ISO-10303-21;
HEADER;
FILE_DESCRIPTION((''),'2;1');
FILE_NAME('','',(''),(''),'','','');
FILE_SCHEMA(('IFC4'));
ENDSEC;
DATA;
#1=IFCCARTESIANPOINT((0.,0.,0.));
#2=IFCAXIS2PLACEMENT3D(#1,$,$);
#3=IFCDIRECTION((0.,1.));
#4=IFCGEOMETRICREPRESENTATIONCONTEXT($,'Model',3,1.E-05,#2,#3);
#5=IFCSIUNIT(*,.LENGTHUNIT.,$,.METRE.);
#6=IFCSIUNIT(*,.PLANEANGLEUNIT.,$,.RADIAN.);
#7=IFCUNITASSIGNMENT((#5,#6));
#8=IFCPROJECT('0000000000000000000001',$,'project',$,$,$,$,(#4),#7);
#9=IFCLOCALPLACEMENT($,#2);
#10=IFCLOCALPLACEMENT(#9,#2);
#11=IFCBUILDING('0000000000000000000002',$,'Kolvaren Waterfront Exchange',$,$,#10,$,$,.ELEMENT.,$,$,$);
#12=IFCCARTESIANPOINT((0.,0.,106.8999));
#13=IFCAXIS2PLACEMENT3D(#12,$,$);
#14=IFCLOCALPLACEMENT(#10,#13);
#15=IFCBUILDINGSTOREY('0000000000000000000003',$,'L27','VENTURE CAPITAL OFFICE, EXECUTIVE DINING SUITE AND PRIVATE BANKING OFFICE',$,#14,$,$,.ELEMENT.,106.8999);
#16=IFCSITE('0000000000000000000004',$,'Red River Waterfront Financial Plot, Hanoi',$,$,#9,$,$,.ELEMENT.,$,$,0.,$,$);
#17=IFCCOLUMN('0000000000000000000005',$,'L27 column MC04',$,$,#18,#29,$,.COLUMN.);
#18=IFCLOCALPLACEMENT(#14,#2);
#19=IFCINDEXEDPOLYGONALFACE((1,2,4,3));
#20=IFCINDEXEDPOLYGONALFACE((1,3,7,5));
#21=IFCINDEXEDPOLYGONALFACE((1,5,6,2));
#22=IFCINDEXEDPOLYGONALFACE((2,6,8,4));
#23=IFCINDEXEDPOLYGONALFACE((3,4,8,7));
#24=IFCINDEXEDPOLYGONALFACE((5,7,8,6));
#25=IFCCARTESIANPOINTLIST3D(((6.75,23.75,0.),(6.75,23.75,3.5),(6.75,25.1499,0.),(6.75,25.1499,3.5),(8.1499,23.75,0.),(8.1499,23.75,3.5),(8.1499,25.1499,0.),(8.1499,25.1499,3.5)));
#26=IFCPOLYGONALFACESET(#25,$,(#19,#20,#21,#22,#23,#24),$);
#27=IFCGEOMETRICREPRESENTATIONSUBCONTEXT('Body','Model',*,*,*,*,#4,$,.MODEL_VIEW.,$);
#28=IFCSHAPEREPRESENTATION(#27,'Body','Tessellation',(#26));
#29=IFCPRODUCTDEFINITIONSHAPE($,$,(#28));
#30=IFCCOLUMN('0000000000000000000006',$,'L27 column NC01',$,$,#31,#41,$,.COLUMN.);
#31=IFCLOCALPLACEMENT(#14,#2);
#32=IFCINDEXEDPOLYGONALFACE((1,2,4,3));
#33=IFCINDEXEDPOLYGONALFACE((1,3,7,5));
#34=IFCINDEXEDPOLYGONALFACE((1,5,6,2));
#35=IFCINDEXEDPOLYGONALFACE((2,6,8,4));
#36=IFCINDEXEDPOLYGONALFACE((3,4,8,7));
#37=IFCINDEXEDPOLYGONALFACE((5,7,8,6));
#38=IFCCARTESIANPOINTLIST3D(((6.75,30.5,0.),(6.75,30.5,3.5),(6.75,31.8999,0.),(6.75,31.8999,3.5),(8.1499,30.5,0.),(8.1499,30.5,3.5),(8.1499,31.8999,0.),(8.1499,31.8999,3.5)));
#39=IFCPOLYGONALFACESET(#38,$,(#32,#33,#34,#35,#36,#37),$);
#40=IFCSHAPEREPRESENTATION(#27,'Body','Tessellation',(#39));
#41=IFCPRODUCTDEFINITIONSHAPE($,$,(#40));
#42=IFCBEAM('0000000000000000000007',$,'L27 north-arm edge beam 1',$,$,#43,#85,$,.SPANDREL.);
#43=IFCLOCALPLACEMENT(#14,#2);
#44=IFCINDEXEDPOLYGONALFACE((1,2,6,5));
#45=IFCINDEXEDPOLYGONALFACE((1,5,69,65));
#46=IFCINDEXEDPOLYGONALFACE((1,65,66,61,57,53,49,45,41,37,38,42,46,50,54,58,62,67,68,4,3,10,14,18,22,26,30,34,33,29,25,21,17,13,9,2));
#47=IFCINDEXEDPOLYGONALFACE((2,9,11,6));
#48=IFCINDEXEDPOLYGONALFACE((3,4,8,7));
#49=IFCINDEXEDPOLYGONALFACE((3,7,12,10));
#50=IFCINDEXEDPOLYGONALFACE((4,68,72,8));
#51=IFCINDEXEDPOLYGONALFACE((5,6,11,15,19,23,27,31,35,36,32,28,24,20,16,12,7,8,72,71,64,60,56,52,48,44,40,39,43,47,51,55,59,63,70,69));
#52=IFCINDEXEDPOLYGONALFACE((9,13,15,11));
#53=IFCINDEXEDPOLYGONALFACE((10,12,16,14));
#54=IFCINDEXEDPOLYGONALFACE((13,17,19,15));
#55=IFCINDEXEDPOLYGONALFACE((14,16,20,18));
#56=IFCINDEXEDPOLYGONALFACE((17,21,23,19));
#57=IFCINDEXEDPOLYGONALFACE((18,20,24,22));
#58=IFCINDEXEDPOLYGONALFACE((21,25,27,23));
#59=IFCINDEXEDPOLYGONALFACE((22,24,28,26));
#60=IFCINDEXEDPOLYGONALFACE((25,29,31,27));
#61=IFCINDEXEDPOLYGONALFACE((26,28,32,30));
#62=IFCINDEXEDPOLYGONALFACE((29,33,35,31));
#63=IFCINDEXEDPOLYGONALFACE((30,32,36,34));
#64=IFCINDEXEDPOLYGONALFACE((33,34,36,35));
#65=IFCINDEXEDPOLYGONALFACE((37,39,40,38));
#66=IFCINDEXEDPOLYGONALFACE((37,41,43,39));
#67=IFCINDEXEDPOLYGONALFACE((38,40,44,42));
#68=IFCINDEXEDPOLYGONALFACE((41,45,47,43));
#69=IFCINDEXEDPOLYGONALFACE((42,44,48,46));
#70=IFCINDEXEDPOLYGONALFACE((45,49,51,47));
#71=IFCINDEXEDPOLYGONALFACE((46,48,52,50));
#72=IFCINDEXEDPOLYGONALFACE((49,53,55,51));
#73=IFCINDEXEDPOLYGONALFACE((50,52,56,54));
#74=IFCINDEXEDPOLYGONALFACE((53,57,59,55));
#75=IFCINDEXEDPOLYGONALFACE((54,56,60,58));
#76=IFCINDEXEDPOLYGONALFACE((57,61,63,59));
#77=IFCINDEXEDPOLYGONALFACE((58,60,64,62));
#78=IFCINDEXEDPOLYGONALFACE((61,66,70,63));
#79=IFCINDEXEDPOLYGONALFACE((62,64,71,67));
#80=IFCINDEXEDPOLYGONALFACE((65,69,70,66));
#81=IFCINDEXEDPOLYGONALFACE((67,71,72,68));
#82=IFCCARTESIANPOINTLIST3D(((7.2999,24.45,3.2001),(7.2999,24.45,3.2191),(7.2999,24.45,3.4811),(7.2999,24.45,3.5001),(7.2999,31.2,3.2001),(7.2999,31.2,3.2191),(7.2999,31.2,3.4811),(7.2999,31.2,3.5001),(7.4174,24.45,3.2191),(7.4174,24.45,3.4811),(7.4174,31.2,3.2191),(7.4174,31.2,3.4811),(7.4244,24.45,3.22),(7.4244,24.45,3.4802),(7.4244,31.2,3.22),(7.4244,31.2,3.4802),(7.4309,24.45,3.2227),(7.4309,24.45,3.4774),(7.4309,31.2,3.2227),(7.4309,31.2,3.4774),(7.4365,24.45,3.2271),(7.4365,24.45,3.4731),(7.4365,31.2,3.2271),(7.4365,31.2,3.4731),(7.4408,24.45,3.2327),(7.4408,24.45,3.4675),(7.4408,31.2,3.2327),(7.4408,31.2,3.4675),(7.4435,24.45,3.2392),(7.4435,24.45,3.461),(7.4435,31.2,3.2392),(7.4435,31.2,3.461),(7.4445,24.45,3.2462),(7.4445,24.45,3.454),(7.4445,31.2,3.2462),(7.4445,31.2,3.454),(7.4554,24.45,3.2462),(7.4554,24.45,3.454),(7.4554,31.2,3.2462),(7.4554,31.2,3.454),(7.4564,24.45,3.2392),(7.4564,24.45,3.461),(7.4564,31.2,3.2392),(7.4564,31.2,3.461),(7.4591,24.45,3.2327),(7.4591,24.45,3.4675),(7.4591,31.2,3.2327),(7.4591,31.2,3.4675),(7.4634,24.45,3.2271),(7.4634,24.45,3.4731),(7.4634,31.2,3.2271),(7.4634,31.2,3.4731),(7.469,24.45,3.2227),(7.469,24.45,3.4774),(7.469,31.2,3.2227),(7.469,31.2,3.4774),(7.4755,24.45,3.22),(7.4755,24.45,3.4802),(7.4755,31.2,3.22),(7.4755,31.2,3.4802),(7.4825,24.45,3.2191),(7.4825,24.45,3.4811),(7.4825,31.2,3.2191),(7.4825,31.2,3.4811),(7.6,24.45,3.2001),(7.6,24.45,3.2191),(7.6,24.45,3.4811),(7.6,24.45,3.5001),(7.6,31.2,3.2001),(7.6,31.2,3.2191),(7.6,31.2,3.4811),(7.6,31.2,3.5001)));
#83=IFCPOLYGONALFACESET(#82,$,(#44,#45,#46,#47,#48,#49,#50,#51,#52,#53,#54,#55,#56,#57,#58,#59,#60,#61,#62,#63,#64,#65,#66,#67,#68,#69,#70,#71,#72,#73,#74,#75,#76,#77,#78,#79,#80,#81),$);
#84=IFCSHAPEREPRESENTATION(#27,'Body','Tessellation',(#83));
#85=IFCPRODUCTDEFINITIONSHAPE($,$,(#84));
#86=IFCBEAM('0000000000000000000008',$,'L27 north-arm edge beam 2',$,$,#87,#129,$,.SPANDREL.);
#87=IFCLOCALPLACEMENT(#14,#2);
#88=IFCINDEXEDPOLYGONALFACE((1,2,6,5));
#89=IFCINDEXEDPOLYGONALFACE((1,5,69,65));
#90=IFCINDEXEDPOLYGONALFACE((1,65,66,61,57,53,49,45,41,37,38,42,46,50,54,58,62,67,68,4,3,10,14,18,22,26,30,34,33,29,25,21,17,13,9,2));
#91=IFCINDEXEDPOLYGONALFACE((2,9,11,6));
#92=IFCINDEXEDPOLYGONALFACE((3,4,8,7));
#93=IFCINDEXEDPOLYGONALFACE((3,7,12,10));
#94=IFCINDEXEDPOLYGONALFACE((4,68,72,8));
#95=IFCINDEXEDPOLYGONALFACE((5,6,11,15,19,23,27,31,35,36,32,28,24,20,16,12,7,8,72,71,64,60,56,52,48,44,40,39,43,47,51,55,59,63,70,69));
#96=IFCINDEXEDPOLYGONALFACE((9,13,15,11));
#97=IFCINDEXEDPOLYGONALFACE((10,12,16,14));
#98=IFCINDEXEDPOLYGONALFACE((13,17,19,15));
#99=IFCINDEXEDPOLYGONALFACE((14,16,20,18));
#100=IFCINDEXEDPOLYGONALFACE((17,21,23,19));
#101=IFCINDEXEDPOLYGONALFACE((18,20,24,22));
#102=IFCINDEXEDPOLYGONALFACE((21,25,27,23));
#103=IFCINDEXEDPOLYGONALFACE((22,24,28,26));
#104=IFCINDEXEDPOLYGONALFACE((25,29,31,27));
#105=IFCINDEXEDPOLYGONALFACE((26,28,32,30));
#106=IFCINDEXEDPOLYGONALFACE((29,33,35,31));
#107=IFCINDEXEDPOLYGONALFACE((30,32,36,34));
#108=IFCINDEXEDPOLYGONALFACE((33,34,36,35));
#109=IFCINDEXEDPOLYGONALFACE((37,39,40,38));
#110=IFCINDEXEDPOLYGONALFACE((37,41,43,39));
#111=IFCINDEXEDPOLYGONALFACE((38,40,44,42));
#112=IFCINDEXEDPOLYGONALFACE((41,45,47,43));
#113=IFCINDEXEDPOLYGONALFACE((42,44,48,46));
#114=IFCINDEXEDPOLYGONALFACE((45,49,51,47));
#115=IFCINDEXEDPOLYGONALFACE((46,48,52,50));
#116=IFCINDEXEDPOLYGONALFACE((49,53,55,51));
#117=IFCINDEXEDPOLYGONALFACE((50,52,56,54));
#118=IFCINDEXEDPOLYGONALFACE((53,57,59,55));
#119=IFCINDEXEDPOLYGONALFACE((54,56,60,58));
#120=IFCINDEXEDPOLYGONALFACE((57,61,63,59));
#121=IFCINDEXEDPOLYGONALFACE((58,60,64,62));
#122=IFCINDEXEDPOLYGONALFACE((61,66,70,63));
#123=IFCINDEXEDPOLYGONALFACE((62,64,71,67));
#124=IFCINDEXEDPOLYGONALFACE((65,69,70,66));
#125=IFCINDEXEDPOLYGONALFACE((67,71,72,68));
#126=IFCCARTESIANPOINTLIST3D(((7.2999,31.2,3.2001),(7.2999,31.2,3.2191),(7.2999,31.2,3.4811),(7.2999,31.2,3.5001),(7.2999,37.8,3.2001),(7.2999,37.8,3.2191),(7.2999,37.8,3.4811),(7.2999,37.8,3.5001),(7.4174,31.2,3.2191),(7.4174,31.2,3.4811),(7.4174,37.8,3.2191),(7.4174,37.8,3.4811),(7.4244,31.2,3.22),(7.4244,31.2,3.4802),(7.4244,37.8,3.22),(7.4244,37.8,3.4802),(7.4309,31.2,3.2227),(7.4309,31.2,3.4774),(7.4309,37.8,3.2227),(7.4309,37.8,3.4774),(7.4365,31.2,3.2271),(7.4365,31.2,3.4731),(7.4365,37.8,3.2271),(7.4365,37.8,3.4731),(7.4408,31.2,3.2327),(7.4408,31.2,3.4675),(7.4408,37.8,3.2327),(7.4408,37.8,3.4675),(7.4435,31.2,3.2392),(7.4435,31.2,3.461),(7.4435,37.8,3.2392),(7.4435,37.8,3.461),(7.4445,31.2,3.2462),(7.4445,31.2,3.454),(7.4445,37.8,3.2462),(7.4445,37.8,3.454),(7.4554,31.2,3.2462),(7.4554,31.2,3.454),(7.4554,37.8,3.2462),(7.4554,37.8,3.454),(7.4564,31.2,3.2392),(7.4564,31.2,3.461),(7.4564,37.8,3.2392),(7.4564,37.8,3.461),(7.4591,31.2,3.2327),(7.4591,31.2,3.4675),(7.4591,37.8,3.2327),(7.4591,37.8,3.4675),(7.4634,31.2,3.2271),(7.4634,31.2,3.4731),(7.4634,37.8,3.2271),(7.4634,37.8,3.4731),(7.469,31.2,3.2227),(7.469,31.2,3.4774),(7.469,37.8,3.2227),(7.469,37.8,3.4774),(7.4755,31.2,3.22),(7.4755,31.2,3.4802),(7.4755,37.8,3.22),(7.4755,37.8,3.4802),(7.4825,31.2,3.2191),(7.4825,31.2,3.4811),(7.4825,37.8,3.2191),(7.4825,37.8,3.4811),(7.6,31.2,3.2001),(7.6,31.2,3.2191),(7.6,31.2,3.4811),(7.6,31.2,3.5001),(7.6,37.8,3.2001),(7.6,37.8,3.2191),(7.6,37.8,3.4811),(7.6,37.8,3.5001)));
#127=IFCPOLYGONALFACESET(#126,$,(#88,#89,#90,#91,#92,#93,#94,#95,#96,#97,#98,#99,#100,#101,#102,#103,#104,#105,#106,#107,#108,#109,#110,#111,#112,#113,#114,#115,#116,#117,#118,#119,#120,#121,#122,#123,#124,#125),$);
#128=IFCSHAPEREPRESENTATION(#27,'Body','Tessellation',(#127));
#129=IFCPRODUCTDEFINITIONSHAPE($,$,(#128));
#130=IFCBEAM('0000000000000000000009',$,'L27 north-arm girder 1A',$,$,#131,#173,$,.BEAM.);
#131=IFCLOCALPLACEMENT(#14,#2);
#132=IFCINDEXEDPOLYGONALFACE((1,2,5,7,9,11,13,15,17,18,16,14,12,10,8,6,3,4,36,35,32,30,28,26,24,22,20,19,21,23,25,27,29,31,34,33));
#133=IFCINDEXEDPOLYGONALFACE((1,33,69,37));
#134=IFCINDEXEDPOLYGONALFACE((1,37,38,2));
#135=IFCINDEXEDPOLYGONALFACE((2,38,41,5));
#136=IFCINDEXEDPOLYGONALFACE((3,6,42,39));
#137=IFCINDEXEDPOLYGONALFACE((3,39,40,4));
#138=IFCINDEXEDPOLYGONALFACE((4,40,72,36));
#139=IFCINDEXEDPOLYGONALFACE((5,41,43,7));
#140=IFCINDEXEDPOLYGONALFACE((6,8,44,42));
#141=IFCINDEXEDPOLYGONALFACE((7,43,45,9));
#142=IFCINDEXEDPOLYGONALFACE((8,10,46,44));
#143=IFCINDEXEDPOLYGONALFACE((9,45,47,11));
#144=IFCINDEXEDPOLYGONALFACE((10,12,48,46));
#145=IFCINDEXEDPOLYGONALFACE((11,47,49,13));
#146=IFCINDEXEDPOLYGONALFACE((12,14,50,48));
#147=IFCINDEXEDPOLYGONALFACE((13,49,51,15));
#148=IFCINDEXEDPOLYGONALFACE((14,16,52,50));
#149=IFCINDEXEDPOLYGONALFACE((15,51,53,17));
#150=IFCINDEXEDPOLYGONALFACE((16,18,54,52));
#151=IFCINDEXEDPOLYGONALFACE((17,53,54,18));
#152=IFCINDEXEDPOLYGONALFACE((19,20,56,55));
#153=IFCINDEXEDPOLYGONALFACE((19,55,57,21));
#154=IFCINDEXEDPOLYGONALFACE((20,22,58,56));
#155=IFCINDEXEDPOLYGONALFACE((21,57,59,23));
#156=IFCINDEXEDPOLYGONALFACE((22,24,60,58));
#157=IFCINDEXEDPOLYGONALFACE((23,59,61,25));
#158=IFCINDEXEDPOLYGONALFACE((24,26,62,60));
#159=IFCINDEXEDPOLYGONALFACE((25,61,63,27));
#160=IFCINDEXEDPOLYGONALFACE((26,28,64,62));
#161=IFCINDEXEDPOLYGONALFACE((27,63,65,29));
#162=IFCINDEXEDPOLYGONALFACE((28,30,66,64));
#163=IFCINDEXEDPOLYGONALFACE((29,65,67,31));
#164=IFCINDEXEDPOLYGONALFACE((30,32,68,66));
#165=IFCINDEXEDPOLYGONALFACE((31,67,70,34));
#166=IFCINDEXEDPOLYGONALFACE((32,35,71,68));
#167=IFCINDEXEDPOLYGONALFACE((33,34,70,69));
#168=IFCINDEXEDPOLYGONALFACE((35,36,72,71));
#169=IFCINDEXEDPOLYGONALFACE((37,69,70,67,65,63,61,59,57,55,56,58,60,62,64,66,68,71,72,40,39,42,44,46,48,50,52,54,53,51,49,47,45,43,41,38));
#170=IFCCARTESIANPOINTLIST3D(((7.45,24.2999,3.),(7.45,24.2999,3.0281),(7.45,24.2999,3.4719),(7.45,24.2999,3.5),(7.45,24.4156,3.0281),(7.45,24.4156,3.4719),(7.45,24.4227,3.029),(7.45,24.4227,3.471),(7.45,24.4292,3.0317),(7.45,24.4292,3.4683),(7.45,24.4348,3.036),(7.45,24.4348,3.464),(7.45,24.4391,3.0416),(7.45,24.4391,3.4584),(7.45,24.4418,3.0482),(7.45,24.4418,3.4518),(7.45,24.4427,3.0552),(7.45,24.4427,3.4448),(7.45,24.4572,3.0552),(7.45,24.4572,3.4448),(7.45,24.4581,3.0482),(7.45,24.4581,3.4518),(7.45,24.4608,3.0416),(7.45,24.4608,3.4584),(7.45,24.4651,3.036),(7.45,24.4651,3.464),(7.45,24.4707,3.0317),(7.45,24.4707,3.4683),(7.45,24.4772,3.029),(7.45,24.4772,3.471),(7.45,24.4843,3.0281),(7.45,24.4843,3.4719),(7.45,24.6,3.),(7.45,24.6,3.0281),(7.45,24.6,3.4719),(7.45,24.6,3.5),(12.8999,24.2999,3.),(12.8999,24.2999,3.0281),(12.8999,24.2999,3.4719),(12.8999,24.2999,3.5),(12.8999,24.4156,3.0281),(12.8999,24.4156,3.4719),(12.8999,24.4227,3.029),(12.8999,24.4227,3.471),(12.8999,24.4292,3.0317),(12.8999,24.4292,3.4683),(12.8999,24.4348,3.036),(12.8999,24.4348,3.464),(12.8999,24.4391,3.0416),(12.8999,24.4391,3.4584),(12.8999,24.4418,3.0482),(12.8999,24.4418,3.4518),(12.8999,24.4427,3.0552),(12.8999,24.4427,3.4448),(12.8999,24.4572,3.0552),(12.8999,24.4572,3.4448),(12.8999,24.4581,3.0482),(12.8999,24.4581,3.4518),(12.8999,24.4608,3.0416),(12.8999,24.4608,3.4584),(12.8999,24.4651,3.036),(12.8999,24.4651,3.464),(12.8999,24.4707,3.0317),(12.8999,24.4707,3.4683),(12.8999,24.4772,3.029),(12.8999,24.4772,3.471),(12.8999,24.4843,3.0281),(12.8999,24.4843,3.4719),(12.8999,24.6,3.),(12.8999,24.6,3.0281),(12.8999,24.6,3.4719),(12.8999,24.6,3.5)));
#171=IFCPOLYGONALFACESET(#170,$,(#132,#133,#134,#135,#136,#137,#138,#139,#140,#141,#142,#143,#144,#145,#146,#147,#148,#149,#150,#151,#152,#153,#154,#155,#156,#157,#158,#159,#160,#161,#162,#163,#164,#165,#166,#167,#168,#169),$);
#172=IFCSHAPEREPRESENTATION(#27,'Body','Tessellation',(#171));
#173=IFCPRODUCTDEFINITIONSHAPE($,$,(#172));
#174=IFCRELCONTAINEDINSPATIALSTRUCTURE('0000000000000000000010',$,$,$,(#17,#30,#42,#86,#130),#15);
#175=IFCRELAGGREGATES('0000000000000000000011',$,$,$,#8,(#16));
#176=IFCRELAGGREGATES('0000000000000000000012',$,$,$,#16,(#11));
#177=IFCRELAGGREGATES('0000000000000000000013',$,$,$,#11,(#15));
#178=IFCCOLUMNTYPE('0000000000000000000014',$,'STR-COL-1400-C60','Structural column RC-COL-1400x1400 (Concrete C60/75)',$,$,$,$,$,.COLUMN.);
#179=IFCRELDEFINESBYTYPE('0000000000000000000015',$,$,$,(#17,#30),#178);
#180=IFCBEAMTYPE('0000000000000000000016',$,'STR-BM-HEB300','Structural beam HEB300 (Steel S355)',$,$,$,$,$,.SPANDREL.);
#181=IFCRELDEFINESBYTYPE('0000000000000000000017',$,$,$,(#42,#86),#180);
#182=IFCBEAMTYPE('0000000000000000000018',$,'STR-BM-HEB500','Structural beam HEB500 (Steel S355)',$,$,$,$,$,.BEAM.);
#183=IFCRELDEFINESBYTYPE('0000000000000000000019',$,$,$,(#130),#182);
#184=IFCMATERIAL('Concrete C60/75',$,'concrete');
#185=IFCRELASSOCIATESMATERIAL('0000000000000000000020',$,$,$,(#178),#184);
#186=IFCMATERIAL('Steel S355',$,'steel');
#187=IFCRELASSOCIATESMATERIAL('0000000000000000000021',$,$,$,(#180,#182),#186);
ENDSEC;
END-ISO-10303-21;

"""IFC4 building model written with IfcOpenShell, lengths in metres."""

from ifc_helpers import new_model, si_unit, direction, frame, origin, origin_2d, place, context, subcontext, project, spatial, rectangle, i_section, extrude, material, material_profile, profile_set, type_object, element, save


model = new_model("IFC4")

# Units and contexts
model_context = context("Model", 3, precision=1e-05, world=origin(), true_north=direction((0.0, 1.0)))
body_context = subcontext(model_context, "Body", "Model", "MODEL_VIEW")
ifc_project = project(units=[si_unit("LENGTHUNIT", "METRE"), si_unit("PLANEANGLEUNIT", "RADIAN")], contexts=[model_context])

# Site, building, storey
site_placement = place(None, origin())
site = spatial("IfcSite", under=ifc_project, at=site_placement, Name="Red River Waterfront Financial Plot, Hanoi", CompositionType="ELEMENT", RefElevation=0.0)
building_placement = place(site_placement, origin())
building = spatial("IfcBuilding", under=site, at=building_placement, Name="Kolvaren Waterfront Exchange", CompositionType="ELEMENT")
storey_placement = place(building_placement, frame((0.0, 0.0, 106.8999)))
storey = spatial("IfcBuildingStorey", under=building, at=storey_placement, Name="L27", Description="VENTURE CAPITAL OFFICE, EXECUTIVE DINING SUITE AND PRIVATE BANKING OFFICE", CompositionType="ELEMENT", Elevation=106.8999)

# Columns
ifc_material_1 = material(Name="Concrete C60/75", Category="concrete")
ifc_material_profile_1 = material_profile(ifc_material_1, rectangle(XDim=1.3999, YDim=1.3999, at=origin_2d()), Name="RC-COL-1400x1400")
ifc_profile_set_1 = profile_set([ifc_material_profile_1], Name="Concrete C60/75")
column_type = type_object("IfcColumnType", Name="STR-COL-1400-C60", Description="Structural column RC-COL-1400x1400 (Concrete C60/75)", PredefinedType="COLUMN", material=ifc_profile_set_1)
for number, where, z_axis, x_axis, name in (
    (1, (7.45, 24.45, 0.0), (0.0, 0.0, 1.0), (1.0, 0.0, 0.0), "L27 column MC04"),
    (2, (7.45, 31.2, 0.0), (0.0, 0.0, 1.0), (1.0, 0.0, 0.0), "L27 column NC01"),
):
    element("IfcColumn", number, at=place(storey_placement, frame(where, z_axis=z_axis, x_axis=x_axis)), inside=storey, type_object=column_type, Name=name, PredefinedType="COLUMN", context=body_context, shape_type="SweptSolid", body=[
        extrude(rectangle(XDim=1.3999, YDim=1.3999, at=origin_2d()), origin(), (0.0, 0.0, 1.0), 3.5),
    ])

# Beams
ifc_material_2 = material(Name="Steel S355", Category="steel")
ifc_material_profile_2 = material_profile(ifc_material_2, i_section(OverallWidth=0.3, OverallDepth=0.3, WebThickness=0.011, FlangeThickness=0.019, FilletRadius=0.0271, at=origin_2d()), Name="HEB300")
ifc_profile_set_2 = profile_set([ifc_material_profile_2], Name="Steel S355")
beam_type_1 = type_object("IfcBeamType", Name="STR-BM-HEB300", Description="Structural beam HEB300 (Steel S355)", PredefinedType="SPANDREL", material=ifc_profile_set_2)
beam_1_placement = place(storey_placement, frame((7.45, 24.45, 3.3501), z_axis=(0.0, 1.0, 0.0), x_axis=(-1.0, 0.0, 0.0)))
element("IfcBeam", 3, at=beam_1_placement, inside=storey, type_object=beam_type_1, Name="L27 north-arm edge beam 1", PredefinedType="SPANDREL", context=body_context, shape_type="SweptSolid", body=[
    extrude(i_section(OverallWidth=0.3, OverallDepth=0.3, WebThickness=0.011, FlangeThickness=0.019, FilletRadius=0.0271, at=origin_2d()), origin(), (0.0, 0.0, 1.0), 6.75),
])
beam_2_placement = place(storey_placement, frame((7.45, 31.2, 3.3501), z_axis=(0.0, 1.0, 0.0), x_axis=(-1.0, 0.0, 0.0)))
element("IfcBeam", 4, at=beam_2_placement, inside=storey, type_object=beam_type_1, Name="L27 north-arm edge beam 2", PredefinedType="SPANDREL", context=body_context, shape_type="SweptSolid", body=[
    extrude(i_section(OverallWidth=0.3, OverallDepth=0.3, WebThickness=0.011, FlangeThickness=0.019, FilletRadius=0.0271, at=origin_2d()), origin(), (0.0, 0.0, 1.0), 6.6001),
])
ifc_material_profile_3 = material_profile(ifc_material_2, i_section(OverallWidth=0.3, OverallDepth=0.5, WebThickness=0.0144, FlangeThickness=0.0281, FilletRadius=0.0271, at=origin_2d()), Name="HEB500")
ifc_profile_set_3 = profile_set([ifc_material_profile_3], Name="Steel S355")
beam_type_2 = type_object("IfcBeamType", Name="STR-BM-HEB500", Description="Structural beam HEB500 (Steel S355)", PredefinedType="BEAM", material=ifc_profile_set_3)
for number, where, z_axis, x_axis, name in (
    (5, (7.45, 24.45, 3.25), (1.0, 0.0, 0.0), (0.0, 1.0, 0.0), "L27 north-arm girder 1A"),
):
    element("IfcBeam", number, at=place(storey_placement, frame(where, z_axis=z_axis, x_axis=x_axis)), inside=storey, type_object=beam_type_2, Name=name, PredefinedType="BEAM", context=body_context, shape_type="SweptSolid", body=[
        extrude(i_section(OverallWidth=0.3, OverallDepth=0.5, WebThickness=0.0144, FlangeThickness=0.0281, FilletRadius=0.0271, at=origin_2d()), origin(), (0.0, 0.0, 1.0), 5.45),
    ])

save(model, "model.ifc")
